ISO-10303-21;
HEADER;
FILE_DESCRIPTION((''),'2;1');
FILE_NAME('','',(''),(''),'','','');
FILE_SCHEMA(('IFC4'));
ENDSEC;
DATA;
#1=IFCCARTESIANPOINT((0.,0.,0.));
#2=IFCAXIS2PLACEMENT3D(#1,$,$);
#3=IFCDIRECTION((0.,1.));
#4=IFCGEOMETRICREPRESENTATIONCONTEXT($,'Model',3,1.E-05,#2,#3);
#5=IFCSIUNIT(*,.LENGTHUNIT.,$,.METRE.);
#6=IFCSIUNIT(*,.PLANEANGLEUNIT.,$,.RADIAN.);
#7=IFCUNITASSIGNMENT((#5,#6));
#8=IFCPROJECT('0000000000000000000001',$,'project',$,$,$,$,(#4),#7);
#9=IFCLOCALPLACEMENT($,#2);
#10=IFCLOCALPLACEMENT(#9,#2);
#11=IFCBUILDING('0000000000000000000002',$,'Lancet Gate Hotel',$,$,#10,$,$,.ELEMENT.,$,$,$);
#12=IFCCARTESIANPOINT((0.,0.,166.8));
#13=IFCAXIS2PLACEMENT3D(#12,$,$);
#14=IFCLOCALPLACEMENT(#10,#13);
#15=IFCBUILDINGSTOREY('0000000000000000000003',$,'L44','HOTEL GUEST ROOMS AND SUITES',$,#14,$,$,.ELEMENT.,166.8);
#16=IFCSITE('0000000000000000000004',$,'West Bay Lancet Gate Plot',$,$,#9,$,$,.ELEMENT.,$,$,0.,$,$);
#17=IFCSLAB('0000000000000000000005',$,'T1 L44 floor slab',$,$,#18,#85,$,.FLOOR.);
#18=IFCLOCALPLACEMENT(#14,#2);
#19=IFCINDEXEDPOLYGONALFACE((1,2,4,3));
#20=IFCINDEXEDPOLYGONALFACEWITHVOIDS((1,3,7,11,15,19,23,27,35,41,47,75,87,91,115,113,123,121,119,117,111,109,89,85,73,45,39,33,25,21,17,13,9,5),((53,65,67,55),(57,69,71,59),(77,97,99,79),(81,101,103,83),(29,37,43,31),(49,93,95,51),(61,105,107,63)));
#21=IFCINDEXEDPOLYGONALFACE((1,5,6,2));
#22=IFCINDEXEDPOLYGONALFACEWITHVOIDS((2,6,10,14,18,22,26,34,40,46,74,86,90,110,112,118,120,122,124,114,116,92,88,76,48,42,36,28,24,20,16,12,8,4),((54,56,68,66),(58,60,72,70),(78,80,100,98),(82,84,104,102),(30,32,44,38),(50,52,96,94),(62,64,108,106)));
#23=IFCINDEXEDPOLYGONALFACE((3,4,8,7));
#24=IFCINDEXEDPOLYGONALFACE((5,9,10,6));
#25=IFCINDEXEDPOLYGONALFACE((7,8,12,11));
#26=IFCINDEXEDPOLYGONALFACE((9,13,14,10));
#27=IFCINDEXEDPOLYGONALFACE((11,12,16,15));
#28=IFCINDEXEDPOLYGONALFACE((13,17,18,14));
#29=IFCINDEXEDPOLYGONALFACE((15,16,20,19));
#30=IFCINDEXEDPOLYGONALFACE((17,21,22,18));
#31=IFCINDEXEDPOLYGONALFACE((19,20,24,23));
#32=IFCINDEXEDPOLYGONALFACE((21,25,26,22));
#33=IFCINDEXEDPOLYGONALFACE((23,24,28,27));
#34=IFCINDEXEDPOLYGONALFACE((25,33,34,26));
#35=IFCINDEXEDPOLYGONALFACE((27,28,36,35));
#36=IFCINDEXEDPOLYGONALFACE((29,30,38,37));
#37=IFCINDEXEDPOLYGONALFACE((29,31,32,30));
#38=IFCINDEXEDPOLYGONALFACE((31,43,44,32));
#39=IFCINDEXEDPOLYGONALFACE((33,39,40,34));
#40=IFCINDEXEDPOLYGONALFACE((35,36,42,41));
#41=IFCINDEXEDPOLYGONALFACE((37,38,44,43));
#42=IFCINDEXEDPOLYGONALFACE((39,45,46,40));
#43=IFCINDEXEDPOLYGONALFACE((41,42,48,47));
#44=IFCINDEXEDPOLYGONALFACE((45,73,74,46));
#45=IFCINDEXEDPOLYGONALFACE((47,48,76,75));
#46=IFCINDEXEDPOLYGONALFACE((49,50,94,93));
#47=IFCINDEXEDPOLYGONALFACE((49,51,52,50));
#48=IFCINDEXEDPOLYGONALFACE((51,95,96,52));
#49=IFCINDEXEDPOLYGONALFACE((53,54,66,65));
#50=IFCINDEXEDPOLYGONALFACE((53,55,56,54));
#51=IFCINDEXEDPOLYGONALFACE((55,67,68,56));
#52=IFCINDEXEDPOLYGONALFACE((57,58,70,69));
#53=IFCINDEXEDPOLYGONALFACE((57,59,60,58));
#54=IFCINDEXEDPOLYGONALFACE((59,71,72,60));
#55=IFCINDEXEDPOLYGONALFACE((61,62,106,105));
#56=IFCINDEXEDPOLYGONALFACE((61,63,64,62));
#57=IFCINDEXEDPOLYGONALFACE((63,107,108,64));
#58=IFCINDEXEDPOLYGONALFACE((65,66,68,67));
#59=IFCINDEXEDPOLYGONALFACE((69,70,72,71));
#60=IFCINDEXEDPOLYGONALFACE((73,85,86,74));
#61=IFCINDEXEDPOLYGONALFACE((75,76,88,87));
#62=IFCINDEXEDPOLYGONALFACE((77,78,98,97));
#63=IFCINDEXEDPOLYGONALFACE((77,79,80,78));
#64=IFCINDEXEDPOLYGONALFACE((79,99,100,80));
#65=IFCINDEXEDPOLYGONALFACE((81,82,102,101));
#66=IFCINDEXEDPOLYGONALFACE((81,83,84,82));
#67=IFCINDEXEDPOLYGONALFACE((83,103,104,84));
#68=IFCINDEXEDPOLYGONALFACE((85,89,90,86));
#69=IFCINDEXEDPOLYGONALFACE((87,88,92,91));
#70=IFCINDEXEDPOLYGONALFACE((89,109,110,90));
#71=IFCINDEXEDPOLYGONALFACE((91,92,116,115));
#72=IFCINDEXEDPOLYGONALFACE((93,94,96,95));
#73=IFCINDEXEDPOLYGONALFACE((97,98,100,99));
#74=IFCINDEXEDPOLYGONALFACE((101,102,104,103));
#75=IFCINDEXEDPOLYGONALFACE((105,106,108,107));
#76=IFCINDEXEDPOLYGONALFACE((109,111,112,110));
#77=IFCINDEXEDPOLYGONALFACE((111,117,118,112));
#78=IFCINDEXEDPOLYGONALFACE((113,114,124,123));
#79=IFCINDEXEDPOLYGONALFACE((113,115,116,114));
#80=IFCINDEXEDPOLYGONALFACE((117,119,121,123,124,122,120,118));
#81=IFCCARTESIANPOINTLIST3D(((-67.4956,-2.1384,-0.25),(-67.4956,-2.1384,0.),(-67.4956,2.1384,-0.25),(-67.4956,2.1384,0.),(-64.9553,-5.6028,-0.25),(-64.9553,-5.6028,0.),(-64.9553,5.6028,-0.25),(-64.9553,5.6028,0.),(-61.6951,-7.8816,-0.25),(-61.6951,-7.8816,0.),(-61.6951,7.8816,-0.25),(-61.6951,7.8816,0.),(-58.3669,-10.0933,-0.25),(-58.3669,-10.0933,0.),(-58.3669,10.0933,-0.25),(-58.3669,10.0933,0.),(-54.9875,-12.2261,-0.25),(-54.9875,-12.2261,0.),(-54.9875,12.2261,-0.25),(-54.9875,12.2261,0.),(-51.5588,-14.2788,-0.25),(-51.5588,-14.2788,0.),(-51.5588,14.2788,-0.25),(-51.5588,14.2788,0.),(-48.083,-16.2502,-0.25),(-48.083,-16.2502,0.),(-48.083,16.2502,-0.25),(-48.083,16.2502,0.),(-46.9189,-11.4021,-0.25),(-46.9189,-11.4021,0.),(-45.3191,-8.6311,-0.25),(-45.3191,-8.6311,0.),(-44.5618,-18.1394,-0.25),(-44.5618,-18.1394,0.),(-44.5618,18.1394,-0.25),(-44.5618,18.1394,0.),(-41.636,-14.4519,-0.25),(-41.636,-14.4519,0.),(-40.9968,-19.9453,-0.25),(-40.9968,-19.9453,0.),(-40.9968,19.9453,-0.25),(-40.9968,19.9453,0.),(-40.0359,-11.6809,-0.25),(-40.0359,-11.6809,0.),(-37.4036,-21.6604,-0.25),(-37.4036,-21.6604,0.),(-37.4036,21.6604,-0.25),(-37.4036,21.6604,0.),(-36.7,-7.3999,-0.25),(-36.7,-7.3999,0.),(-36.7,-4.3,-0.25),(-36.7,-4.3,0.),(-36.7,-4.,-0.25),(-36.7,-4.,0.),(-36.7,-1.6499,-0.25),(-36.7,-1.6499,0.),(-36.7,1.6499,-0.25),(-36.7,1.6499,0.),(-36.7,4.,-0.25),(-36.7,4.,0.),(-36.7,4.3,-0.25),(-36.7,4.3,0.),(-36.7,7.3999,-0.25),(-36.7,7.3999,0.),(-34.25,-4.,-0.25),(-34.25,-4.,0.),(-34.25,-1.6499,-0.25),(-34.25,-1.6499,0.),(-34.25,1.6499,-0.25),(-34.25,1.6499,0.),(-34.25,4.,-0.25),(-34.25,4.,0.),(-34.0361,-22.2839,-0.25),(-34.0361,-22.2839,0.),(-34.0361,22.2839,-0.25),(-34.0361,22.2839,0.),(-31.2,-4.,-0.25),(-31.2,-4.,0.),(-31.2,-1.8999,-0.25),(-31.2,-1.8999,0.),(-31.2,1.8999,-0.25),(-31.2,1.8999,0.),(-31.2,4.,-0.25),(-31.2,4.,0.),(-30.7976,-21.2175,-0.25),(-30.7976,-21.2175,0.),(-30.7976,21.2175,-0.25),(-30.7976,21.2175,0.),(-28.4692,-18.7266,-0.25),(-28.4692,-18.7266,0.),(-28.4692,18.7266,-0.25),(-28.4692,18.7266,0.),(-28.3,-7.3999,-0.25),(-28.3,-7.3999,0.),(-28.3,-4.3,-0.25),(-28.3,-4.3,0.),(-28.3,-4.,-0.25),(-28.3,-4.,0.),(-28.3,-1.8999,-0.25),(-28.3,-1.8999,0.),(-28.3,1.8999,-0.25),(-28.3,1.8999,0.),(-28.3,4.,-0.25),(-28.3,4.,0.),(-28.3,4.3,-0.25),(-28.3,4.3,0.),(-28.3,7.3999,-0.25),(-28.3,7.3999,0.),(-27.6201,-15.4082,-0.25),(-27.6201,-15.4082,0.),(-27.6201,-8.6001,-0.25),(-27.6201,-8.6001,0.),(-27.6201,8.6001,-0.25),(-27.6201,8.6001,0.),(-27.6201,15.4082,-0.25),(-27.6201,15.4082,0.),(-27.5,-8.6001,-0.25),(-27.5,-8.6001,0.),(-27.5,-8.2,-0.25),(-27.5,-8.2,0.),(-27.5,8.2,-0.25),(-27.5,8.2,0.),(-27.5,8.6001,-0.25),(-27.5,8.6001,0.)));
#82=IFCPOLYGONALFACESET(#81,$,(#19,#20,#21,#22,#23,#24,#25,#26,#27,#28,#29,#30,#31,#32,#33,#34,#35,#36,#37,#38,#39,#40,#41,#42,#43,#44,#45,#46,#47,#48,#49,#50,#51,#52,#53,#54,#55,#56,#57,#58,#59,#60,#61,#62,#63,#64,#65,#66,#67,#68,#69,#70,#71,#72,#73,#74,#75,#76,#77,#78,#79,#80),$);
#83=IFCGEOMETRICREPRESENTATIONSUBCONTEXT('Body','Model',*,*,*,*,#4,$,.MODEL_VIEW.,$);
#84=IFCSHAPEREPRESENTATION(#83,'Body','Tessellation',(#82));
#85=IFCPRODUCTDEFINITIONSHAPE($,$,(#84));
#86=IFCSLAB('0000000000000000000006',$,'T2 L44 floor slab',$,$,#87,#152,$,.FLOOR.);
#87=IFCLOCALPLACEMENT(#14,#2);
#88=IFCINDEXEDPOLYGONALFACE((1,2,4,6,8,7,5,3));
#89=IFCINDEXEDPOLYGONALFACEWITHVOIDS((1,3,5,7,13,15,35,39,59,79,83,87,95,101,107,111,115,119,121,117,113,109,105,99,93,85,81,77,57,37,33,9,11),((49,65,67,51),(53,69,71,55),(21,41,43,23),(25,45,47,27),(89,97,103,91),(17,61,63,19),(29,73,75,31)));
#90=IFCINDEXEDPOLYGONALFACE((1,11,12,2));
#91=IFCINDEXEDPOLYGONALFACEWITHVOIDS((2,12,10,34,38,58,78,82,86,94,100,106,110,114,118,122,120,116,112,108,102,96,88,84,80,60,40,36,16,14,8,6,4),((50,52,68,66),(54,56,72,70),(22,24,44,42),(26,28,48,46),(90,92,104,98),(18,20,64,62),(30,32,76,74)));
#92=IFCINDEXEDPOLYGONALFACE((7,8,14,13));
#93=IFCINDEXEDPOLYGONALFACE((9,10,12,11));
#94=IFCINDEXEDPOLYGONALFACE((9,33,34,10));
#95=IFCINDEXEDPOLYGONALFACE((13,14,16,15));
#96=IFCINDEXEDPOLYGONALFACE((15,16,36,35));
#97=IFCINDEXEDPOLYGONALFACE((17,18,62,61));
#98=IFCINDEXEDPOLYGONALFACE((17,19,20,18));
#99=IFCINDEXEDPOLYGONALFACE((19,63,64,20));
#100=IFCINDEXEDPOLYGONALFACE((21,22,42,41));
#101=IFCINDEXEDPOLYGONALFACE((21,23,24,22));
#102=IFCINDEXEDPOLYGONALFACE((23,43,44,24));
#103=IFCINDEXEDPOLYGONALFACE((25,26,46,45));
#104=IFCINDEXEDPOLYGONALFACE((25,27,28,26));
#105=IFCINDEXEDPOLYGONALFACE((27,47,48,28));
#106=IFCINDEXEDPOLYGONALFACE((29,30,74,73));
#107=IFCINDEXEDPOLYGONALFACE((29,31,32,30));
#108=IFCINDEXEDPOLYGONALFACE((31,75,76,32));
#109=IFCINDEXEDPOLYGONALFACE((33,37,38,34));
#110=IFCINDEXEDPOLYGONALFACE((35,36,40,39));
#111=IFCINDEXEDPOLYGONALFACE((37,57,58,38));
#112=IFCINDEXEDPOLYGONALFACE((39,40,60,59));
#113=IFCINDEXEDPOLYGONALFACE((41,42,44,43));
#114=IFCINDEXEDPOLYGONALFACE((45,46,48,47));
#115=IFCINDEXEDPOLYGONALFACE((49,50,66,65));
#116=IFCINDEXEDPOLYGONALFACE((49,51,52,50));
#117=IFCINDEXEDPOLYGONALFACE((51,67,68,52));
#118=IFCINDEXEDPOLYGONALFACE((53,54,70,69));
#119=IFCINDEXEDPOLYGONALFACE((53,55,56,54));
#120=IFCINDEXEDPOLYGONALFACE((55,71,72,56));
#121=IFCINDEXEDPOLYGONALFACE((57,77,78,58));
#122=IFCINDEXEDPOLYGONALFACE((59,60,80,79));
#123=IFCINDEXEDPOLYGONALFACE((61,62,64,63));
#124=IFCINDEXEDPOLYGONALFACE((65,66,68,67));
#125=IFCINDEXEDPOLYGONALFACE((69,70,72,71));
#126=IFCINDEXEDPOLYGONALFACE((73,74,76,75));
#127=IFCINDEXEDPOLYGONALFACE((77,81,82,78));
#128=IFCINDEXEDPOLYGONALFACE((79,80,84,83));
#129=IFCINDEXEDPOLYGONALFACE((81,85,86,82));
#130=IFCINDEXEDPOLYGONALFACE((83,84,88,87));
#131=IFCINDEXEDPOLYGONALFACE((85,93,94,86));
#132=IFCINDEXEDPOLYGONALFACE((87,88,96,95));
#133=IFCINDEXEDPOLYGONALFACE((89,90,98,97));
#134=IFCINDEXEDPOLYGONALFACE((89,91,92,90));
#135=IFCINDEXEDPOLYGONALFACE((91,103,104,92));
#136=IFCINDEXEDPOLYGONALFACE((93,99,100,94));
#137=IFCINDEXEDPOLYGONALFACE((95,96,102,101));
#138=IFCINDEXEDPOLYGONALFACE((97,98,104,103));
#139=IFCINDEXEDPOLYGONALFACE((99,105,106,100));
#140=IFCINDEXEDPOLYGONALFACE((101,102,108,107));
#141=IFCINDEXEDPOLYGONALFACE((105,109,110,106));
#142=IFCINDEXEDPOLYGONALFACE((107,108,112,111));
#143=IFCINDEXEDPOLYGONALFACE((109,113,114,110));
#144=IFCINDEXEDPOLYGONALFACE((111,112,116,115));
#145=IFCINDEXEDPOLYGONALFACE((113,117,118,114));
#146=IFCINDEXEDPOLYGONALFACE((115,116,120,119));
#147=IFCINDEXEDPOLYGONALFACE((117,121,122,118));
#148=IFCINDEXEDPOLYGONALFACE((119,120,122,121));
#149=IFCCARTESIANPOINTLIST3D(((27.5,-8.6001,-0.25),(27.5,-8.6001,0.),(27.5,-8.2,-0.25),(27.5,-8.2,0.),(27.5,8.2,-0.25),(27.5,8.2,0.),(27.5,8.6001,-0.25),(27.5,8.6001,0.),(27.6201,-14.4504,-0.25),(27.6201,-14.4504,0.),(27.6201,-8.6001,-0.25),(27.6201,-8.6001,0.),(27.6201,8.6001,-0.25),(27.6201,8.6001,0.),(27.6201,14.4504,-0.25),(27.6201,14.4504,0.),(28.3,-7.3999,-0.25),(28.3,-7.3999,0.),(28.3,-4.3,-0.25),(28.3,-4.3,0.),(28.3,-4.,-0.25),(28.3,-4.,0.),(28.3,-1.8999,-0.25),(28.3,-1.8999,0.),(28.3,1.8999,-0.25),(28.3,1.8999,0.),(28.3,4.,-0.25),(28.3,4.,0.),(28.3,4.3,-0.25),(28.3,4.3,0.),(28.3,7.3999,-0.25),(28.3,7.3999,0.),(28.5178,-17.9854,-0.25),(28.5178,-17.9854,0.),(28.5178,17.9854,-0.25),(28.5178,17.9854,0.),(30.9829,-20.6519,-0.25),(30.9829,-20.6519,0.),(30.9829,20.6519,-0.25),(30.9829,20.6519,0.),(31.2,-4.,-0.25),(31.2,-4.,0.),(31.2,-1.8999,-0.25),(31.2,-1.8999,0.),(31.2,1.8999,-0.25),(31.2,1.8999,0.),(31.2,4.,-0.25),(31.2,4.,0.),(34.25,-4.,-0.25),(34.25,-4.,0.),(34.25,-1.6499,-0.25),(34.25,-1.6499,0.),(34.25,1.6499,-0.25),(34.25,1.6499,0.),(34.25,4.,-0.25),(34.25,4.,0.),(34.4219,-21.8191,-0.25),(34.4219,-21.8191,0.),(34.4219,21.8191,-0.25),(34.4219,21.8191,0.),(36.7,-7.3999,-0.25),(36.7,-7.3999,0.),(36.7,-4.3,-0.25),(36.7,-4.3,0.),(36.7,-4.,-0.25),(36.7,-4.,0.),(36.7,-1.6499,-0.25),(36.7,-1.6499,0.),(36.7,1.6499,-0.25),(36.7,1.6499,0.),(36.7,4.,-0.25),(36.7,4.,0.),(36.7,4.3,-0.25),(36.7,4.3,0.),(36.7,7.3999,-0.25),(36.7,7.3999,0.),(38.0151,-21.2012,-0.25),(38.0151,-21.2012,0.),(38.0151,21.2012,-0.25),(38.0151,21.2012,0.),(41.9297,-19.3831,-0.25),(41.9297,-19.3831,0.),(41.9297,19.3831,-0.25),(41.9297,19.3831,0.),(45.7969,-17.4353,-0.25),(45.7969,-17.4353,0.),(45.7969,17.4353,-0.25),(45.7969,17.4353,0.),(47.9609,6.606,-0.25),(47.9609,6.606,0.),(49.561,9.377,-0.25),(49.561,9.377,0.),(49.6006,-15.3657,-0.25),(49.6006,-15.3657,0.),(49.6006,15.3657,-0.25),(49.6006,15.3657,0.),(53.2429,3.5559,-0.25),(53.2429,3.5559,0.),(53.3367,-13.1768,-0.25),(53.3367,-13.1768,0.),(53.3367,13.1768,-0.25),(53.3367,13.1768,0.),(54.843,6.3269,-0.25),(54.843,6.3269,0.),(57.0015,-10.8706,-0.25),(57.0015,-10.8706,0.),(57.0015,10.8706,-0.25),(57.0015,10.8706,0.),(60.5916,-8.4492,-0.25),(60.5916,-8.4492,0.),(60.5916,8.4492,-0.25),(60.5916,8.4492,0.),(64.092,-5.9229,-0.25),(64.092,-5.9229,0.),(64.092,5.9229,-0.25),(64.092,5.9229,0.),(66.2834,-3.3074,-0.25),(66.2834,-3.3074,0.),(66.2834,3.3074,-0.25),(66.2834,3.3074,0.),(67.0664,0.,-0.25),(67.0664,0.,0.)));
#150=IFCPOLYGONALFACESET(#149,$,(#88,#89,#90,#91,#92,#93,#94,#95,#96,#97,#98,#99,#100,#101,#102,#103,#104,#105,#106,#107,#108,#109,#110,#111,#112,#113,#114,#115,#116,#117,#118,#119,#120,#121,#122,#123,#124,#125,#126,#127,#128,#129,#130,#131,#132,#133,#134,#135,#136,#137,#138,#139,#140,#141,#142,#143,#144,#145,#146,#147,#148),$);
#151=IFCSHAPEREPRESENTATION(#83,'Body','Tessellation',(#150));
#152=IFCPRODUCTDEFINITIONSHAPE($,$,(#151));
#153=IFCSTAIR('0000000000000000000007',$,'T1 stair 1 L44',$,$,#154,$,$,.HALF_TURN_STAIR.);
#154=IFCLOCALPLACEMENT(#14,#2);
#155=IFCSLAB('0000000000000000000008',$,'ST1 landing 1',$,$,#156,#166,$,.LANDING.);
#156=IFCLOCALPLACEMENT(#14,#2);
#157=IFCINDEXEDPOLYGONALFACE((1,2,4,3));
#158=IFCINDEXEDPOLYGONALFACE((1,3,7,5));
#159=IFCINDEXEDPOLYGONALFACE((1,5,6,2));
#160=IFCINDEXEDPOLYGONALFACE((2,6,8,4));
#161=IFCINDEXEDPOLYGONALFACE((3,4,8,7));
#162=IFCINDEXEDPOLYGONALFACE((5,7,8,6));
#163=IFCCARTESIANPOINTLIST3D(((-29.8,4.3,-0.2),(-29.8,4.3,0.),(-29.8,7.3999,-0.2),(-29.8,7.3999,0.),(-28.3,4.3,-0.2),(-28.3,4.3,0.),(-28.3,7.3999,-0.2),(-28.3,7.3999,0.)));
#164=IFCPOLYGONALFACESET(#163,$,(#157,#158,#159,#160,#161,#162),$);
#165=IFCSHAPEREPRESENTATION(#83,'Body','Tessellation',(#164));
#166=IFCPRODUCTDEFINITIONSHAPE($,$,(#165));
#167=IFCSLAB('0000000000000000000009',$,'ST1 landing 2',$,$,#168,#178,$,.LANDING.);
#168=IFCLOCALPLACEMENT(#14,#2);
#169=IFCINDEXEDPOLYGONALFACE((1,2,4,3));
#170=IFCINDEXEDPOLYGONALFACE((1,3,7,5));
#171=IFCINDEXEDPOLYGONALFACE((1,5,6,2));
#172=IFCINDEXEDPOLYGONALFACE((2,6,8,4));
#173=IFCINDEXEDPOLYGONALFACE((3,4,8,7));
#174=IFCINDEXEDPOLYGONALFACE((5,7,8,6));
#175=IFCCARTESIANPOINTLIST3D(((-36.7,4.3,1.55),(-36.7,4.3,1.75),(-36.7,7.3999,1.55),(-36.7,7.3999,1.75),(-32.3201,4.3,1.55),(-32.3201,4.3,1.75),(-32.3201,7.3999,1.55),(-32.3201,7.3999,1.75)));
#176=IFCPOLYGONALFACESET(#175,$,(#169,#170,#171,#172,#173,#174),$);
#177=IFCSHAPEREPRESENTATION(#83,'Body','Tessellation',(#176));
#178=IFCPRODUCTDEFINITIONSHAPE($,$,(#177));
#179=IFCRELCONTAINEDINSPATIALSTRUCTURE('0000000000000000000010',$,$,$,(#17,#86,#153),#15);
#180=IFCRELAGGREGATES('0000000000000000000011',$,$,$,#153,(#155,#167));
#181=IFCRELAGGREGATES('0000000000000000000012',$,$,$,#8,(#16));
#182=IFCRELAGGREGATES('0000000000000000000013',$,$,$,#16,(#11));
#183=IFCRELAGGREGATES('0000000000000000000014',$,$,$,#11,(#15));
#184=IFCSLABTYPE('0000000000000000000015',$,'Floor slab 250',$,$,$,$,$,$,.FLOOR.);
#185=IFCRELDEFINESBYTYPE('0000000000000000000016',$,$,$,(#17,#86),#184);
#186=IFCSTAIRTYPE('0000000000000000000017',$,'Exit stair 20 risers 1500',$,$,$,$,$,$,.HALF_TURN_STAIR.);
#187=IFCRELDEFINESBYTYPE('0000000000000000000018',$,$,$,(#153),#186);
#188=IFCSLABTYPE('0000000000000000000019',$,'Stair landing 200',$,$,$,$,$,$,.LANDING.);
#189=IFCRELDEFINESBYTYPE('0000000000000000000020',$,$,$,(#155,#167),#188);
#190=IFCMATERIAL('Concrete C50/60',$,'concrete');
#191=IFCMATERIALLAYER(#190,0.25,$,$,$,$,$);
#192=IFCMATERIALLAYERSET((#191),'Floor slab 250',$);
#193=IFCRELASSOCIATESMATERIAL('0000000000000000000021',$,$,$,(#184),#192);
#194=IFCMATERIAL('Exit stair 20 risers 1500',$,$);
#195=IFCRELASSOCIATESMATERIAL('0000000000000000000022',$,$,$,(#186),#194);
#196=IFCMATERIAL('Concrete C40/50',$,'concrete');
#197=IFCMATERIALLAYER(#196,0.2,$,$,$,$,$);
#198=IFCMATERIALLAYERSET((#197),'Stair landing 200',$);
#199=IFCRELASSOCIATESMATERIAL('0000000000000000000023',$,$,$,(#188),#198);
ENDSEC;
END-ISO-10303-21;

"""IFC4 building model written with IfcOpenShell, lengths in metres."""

from ifc_helpers import new_model, si_unit, direction, frame, origin, place, context, subcontext, project, spatial, polyline, outline, extrude, material, layer, layer_set, type_object, element, aggregate, save


model = new_model("IFC4")

# Units and contexts
model_context = context("Model", 3, precision=1e-05, world=origin(), true_north=direction((0.0, 1.0)))
body_context = subcontext(model_context, "Body", "Model", "MODEL_VIEW")
ifc_project = project(units=[si_unit("LENGTHUNIT", "METRE"), si_unit("PLANEANGLEUNIT", "RADIAN")], contexts=[model_context])

# Site, building, storey
site_placement = place(None, origin())
site = spatial("IfcSite", under=ifc_project, at=site_placement, Name="West Bay Lancet Gate Plot", CompositionType="ELEMENT", RefElevation=0.0)
building_placement = place(site_placement, origin())
building = spatial("IfcBuilding", under=site, at=building_placement, Name="Lancet Gate Hotel", CompositionType="ELEMENT")
storey_placement = place(building_placement, frame((0.0, 0.0, 166.8)))
storey = spatial("IfcBuildingStorey", under=building, at=storey_placement, Name="L44", Description="HOTEL GUEST ROOMS AND SUITES", CompositionType="ELEMENT", Elevation=166.8)

# Slabs
ifc_material_1 = material(Name="Concrete C50/60", Category="concrete")
ifc_layer_1 = layer(ifc_material_1, 0.25)
ifc_layer_set_1 = layer_set([ifc_layer_1], Name="Floor slab 250")
slab_type_1 = type_object("IfcSlabType", Name="Floor slab 250", PredefinedType="FLOOR", material=ifc_layer_set_1)
slab_1_placement = place(storey_placement, frame((0.0, 0.0, -0.25)))
element("IfcSlab", 1, at=slab_1_placement, inside=storey, type_object=slab_type_1, Name="T1 L44 floor slab", PredefinedType="FLOOR", context=body_context, shape_type="SweptSolid", body=[
    extrude(outline(polyline([(-27.5, 8.6001), (-27.6201, 8.6001), (-27.6201, 15.4082), (-28.4692, 18.7266), (-30.7976, 21.2175), (-34.0361, 22.2839), (-37.4036, 21.6604), (-40.9968, 19.9453), (-44.5618, 18.1394), (-48.083, 16.2502), (-51.5588, 14.2788), (-54.9875, 12.2261), (-58.3669, 10.0933), (-61.6951, 7.8816), (-64.9553, 5.6028), (-67.4956, 2.1384), (-67.4956, -2.1384), (-64.9553, -5.6028), (-61.6951, -7.8816), (-58.3669, -10.0933), (-54.9875, -12.2261), (-51.5588, -14.2788), (-48.083, -16.2502), (-44.5618, -18.1394), (-40.9968, -19.9453), (-37.4036, -21.6604), (-34.0361, -22.2839), (-30.7976, -21.2175), (-28.4692, -18.7266), (-27.6201, -15.4082), (-27.6201, -8.6001), (-27.5, -8.6001), (-27.5, -8.2), (-27.5, 8.2), (-27.5, 8.6001)]), holes=[polyline([(-36.7, 7.3999), (-36.7, 4.3), (-28.3, 4.3), (-28.3, 7.3999), (-36.7, 7.3999)]), polyline([(-28.3, 4.0), (-31.2, 4.0), (-31.2, 1.8999), (-28.3, 1.8999), (-28.3, 4.0)]), polyline([(-34.25, 4.0), (-36.7, 4.0), (-36.7, 1.6499), (-34.25, 1.6499), (-34.25, 4.0)]), polyline([(-36.7, -1.6499), (-36.7, -4.0), (-34.25, -4.0), (-34.25, -1.6499), (-36.7, -1.6499)]), polyline([(-28.3, -1.8999), (-31.2, -1.8999), (-31.2, -4.0), (-28.3, -4.0), (-28.3, -1.8999)]), polyline([(-28.3, -4.3), (-36.7, -4.3), (-36.7, -7.3999), (-28.3, -7.3999), (-28.3, -4.3)]), polyline([(-45.3191, -8.6311), (-46.9189, -11.4021), (-41.636, -14.4519), (-40.0359, -11.6809), (-45.3191, -8.6311)])]), origin(), (0.0, 0.0, 1.0), 0.25),
])
slab_2_placement = place(storey_placement, frame((0.0, 0.0, -0.25)))
element("IfcSlab", 2, at=slab_2_placement, inside=storey, type_object=slab_type_1, Name="T2 L44 floor slab", PredefinedType="FLOOR", context=body_context, shape_type="SweptSolid", body=[
    extrude(outline(polyline([(27.5, -8.6001), (27.6201, -8.6001), (27.6201, -14.4504), (28.5178, -17.9854), (30.9829, -20.6519), (34.4219, -21.8191), (38.0151, -21.2012), (41.9297, -19.3831), (45.7969, -17.4353), (49.6006, -15.3657), (53.3367, -13.1768), (57.0015, -10.8706), (60.5916, -8.4492), (64.092, -5.9229), (66.2834, -3.3074), (67.0664, 0.0), (66.2834, 3.3074), (64.092, 5.9229), (60.5916, 8.4492), (57.0015, 10.8706), (53.3367, 13.1768), (49.6006, 15.3657), (45.7969, 17.4353), (41.9297, 19.3831), (38.0151, 21.2012), (34.4219, 21.8191), (30.9829, 20.6519), (28.5178, 17.9854), (27.6201, 14.4504), (27.6201, 8.6001), (27.5, 8.6001), (27.5, 8.2), (27.5, -8.2), (27.5, -8.6001)]), holes=[polyline([(36.7, -7.3999), (36.7, -4.3), (28.3, -4.3), (28.3, -7.3999), (36.7, -7.3999)]), polyline([(28.3, -4.0), (31.2, -4.0), (31.2, -1.8999), (28.3, -1.8999), (28.3, -4.0)]), polyline([(34.25, -4.0), (36.7, -4.0), (36.7, -1.6499), (34.25, -1.6499), (34.25, -4.0)]), polyline([(36.7, 1.6499), (36.7, 4.0), (34.25, 4.0), (34.25, 1.6499), (36.7, 1.6499)]), polyline([(28.3, 1.8999), (31.2, 1.8999), (31.2, 4.0), (28.3, 4.0), (28.3, 1.8999)]), polyline([(28.3, 4.3), (36.7, 4.3), (36.7, 7.3999), (28.3, 7.3999), (28.3, 4.3)]), polyline([(53.2429, 3.5559), (54.843, 6.3269), (49.561, 9.377), (47.9609, 6.606), (53.2429, 3.5559)])]), origin(), (0.0, 0.0, 1.0), 0.25),
])

# Stair, slabs
ifc_material_2 = material(Name="Exit stair 20 risers 1500")
stair_type = type_object("IfcStairType", Name="Exit stair 20 risers 1500", PredefinedType="HALF_TURN_STAIR", material=ifc_material_2)
stair_placement = place(storey_placement, origin())
stair = element("IfcStair", 3, at=stair_placement, inside=storey, type_object=stair_type, Name="T1 stair 1 L44", PredefinedType="HALF_TURN_STAIR")
ifc_material_3 = material(Name="Concrete C40/50", Category="concrete")
ifc_layer_2 = layer(ifc_material_3, 0.2)
ifc_layer_set_2 = layer_set([ifc_layer_2], Name="Stair landing 200")
slab_type_2 = type_object("IfcSlabType", Name="Stair landing 200", PredefinedType="LANDING", material=ifc_layer_set_2)
slab_3_placement = place(storey_placement, frame((0.0, 0.0, -0.2)))
slab_3 = element("IfcSlab", 4, at=slab_3_placement, type_object=slab_type_2, Name="ST1 landing 1", PredefinedType="LANDING", context=body_context, shape_type="SweptSolid", body=[
    extrude(outline(polyline([(-28.3, 7.3999), (-29.8, 7.3999), (-29.8, 4.3), (-28.3, 4.3), (-28.3, 7.3999)])), origin(), (0.0, 0.0, 1.0), 0.2),
])
slab_4_placement = place(storey_placement, frame((0.0, 0.0, 1.55)))
slab_4 = element("IfcSlab", 5, at=slab_4_placement, type_object=slab_type_2, Name="ST1 landing 2", PredefinedType="LANDING", context=body_context, shape_type="SweptSolid", body=[
    extrude(outline(polyline([(-32.3201, 7.3999), (-36.7, 7.3999), (-36.7, 4.3), (-32.3201, 4.3), (-32.3201, 7.3999)])), origin(), (0.0, 0.0, 1.0), 0.2),
])
aggregate(stair, [slab_3, slab_4])

save(model, "model.ifc")
